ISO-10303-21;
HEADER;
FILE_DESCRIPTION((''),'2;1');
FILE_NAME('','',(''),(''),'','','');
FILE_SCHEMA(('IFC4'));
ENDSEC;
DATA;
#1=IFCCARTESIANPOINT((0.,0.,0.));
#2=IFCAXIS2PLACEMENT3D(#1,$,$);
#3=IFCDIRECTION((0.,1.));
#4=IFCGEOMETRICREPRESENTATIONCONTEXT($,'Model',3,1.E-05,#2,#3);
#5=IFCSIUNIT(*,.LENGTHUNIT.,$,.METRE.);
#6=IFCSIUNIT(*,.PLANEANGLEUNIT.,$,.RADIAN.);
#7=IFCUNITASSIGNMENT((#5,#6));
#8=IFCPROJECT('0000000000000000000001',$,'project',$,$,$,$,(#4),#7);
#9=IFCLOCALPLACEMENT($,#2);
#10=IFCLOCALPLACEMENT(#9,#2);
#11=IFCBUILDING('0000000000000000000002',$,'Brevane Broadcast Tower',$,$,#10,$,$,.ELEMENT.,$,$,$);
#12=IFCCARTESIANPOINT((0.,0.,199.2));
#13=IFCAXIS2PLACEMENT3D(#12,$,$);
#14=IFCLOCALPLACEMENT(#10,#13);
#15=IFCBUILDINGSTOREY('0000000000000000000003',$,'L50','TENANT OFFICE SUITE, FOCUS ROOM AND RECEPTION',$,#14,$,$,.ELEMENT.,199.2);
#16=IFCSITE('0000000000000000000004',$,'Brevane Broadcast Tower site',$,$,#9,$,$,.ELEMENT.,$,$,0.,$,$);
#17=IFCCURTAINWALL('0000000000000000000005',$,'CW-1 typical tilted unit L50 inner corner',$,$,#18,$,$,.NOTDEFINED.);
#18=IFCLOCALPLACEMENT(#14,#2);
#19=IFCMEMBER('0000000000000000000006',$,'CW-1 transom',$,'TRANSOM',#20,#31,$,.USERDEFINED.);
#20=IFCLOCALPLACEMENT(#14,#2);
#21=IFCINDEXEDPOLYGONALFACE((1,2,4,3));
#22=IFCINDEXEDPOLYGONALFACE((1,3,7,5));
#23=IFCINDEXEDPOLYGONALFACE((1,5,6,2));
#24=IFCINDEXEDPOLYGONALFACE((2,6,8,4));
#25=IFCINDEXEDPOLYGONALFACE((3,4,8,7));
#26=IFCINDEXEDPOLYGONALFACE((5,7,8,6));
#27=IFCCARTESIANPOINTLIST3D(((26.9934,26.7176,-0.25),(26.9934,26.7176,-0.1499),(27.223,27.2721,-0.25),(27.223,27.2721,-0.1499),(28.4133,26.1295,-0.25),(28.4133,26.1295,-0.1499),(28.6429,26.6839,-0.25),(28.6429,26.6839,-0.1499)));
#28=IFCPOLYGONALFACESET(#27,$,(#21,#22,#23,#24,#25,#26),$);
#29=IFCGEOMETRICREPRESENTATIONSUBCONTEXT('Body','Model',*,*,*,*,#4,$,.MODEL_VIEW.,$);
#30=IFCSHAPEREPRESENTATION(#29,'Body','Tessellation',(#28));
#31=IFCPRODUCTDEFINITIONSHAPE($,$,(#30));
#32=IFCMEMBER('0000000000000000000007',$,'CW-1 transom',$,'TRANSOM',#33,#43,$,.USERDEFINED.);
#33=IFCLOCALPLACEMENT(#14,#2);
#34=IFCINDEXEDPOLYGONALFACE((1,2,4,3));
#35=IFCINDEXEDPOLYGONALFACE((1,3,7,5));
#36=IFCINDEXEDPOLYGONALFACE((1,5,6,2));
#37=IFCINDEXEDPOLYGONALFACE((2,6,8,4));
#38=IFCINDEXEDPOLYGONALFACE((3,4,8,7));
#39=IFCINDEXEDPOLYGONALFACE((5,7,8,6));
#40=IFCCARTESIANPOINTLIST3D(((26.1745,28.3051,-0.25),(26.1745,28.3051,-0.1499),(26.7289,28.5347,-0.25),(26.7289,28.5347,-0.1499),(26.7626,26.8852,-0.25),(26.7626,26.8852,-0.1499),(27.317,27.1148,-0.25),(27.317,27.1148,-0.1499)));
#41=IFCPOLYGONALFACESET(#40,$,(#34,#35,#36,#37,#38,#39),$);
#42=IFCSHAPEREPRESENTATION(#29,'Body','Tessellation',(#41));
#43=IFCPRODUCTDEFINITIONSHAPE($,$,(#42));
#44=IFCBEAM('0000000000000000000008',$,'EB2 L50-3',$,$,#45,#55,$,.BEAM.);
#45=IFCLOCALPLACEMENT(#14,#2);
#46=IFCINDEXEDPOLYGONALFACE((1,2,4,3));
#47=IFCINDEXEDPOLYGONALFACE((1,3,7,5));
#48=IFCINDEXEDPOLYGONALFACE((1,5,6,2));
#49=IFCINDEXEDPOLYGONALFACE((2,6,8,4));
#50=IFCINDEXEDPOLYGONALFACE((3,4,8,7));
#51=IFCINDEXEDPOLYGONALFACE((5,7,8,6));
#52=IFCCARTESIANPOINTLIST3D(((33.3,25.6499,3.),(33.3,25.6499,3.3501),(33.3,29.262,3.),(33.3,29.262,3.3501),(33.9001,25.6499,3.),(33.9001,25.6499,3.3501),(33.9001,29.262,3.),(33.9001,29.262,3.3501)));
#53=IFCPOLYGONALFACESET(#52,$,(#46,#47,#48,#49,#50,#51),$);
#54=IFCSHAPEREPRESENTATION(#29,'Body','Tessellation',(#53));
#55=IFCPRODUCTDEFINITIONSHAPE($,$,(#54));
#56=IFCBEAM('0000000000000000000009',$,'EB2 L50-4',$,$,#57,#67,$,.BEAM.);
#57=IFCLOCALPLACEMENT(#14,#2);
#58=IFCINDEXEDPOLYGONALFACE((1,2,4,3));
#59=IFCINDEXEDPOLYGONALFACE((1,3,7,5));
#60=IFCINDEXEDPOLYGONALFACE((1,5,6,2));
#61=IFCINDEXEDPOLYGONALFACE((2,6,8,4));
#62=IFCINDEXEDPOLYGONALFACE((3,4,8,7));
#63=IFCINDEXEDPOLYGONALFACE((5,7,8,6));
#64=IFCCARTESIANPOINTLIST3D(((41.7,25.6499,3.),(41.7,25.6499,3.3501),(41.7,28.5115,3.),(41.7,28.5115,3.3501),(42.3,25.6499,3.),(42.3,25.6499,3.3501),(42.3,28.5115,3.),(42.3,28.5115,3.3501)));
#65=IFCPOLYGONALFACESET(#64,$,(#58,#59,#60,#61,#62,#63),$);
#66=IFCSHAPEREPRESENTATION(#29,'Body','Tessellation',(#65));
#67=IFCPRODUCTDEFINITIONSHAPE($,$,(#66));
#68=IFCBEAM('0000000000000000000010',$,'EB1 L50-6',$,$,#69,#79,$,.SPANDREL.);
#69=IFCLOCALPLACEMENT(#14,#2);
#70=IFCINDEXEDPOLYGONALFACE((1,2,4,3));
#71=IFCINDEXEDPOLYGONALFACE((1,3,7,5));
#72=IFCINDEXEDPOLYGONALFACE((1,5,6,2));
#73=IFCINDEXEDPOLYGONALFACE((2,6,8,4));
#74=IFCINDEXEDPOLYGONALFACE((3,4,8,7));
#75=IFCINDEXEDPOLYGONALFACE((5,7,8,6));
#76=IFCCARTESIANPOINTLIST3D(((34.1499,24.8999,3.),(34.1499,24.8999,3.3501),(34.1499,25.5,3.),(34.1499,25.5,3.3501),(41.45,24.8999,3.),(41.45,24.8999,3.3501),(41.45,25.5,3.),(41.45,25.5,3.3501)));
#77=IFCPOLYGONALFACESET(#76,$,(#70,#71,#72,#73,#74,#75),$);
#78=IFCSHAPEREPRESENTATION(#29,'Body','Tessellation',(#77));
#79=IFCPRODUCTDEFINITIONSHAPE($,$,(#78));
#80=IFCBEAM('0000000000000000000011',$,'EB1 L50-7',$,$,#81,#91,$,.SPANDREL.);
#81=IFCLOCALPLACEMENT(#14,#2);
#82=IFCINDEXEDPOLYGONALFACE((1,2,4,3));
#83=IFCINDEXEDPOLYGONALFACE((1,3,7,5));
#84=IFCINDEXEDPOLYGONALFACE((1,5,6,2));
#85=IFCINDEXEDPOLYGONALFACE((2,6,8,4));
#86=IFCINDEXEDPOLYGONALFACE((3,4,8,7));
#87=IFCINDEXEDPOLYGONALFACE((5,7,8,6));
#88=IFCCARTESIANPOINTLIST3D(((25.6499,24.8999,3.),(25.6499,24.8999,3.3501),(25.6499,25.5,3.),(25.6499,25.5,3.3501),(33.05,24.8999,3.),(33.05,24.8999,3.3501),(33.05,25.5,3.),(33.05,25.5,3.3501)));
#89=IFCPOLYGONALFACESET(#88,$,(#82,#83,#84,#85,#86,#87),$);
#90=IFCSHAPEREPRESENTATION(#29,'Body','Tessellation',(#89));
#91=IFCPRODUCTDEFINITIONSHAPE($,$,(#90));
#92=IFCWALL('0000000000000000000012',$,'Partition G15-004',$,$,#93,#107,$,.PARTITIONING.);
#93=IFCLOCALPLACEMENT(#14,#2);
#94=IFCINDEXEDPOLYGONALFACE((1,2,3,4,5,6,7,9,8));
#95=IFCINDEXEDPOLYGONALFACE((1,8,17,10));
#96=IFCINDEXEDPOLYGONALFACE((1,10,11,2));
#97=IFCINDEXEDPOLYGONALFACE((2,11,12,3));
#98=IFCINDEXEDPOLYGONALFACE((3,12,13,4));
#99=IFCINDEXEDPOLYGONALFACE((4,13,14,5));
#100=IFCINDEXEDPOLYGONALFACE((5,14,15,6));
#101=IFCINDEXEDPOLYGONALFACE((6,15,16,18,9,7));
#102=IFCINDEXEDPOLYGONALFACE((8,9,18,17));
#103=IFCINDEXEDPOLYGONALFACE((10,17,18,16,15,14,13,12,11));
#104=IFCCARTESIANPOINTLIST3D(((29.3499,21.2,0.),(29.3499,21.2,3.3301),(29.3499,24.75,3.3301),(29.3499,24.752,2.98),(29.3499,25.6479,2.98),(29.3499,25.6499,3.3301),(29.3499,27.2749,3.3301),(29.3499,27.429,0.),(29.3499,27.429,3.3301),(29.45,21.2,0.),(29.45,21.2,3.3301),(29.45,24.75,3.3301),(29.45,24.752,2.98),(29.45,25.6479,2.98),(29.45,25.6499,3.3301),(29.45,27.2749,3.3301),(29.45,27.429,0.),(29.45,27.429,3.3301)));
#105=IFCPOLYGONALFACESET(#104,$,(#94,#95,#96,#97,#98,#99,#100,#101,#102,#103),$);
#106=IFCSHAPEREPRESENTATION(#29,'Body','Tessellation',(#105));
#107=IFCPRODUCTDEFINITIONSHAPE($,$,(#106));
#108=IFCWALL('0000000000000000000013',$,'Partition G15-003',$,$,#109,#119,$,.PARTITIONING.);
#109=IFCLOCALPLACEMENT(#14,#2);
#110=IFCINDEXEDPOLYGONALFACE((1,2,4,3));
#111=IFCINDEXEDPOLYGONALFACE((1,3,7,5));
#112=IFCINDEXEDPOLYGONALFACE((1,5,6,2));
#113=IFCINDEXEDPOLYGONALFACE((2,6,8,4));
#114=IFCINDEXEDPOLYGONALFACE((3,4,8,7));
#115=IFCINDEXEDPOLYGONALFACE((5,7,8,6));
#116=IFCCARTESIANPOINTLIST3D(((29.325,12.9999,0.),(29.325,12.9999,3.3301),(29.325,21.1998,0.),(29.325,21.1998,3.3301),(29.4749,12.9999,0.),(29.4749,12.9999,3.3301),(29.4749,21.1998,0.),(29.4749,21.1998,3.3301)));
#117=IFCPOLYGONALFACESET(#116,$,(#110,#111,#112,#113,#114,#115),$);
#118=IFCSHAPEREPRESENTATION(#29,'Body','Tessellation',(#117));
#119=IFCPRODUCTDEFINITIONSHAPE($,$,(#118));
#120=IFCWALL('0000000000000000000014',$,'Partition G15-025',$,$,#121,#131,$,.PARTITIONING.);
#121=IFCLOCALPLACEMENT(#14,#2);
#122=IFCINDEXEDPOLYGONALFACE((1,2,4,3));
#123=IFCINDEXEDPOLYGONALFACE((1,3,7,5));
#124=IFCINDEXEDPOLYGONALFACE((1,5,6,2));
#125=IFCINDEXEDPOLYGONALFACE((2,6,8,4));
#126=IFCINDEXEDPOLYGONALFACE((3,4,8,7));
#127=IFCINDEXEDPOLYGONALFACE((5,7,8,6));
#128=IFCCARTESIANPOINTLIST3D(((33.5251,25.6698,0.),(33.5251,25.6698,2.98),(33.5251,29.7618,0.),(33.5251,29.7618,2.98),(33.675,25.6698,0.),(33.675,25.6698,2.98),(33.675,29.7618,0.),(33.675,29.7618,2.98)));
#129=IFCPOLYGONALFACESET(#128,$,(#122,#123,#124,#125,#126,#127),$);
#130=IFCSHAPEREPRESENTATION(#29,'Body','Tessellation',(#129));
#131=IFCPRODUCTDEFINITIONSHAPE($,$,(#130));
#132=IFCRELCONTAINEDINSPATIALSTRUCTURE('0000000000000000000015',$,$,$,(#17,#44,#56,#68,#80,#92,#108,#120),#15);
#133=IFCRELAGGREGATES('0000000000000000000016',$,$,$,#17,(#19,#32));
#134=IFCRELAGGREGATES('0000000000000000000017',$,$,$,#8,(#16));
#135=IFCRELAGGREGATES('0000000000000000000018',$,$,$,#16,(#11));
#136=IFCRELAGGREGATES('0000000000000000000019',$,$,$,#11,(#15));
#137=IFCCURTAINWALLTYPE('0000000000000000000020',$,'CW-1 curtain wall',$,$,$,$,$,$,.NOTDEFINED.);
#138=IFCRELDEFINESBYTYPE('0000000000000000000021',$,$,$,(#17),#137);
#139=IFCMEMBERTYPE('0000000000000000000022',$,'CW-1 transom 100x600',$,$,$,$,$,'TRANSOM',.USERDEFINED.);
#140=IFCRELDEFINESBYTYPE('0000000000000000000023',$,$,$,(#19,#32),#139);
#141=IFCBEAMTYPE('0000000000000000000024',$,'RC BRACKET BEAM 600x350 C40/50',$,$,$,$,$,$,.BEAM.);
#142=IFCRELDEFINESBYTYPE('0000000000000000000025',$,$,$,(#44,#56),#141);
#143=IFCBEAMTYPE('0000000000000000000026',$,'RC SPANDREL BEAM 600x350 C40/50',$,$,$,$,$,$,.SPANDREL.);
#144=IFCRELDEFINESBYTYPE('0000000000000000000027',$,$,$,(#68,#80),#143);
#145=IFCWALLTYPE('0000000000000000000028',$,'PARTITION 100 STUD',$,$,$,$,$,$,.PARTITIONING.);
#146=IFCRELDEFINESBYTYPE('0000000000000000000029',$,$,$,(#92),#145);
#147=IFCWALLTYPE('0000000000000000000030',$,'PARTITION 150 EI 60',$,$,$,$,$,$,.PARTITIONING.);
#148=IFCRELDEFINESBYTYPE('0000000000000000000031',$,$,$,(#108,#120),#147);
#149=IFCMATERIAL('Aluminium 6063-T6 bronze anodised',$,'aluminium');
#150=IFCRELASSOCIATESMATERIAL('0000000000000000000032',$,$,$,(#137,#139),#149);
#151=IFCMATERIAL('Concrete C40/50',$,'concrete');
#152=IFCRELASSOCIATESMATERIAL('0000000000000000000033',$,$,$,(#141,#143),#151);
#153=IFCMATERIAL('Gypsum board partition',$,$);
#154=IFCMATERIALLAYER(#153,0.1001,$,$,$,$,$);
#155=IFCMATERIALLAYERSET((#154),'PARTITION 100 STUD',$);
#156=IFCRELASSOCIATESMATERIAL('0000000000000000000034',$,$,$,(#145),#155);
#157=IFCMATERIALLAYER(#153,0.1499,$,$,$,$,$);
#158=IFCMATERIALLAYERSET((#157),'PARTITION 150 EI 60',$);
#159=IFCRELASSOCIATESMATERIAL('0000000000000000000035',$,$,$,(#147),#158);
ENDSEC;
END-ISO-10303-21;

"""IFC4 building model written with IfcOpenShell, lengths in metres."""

from ifc_helpers import new_model, si_unit, direction, frame, frame_2d, origin, origin_2d, place, context, subcontext, project, spatial, polyline, rectangle, outline, extrude, material, layer, layer_set, material_profile, profile_set, type_object, element, aggregate, save


model = new_model("IFC4")

# Units and contexts
model_context = context("Model", 3, precision=1e-05, world=origin(), true_north=direction((0.0, 1.0)))
body_context = subcontext(model_context, "Body", "Model", "MODEL_VIEW")
ifc_project = project(units=[si_unit("LENGTHUNIT", "METRE"), si_unit("PLANEANGLEUNIT", "RADIAN")], contexts=[model_context])

# Site, building, storey
site_placement = place(None, origin())
site = spatial("IfcSite", under=ifc_project, at=site_placement, Name="Brevane Broadcast Tower site", CompositionType="ELEMENT", RefElevation=0.0)
building_placement = place(site_placement, origin())
building = spatial("IfcBuilding", under=site, at=building_placement, Name="Brevane Broadcast Tower", CompositionType="ELEMENT")
storey_placement = place(building_placement, frame((0.0, 0.0, 199.2)))
storey = spatial("IfcBuildingStorey", under=building, at=storey_placement, Name="L50", Description="TENANT OFFICE SUITE, FOCUS ROOM AND RECEPTION", CompositionType="ELEMENT", Elevation=199.2)

# Curtain wall
ifc_material_1 = material(Name="Aluminium 6063-T6 bronze anodised", Category="aluminium")
curtain_wall_type = type_object("IfcCurtainWallType", Name="CW-1 curtain wall", PredefinedType="NOTDEFINED", material=ifc_material_1)
curtain_wall_1_placement = place(storey_placement, origin())
curtain_wall_1 = element("IfcCurtainWall", 1, at=curtain_wall_1_placement, inside=storey, type_object=curtain_wall_type, Name="CW-1 typical tilted unit L50 inner corner", PredefinedType="NOTDEFINED")

# Members
ifc_material_profile_1 = material_profile(ifc_material_1, rectangle(XDim=0.6001, YDim=0.1001, at=origin_2d()), Name="RECT 100x600")
ifc_profile_set_1 = profile_set([ifc_material_profile_1], Name="Aluminium 6063-T6 bronze anodised")
member_type_1 = type_object("IfcMemberType", Name="CW-1 transom 100x600", ElementType="TRANSOM", PredefinedType="USERDEFINED", material=ifc_profile_set_1)
member_1_placement = place(storey_placement, frame((28.5281, 26.4067, -0.2), z_axis=(-0.923883, 0.382674, 0.0), x_axis=(-0.382674, -0.923883, 0.0)))
member_1 = element("IfcMember", 2, at=member_1_placement, type_object=member_type_1, Name="CW-1 transom", ObjectType="TRANSOM", PredefinedType="USERDEFINED", context=body_context, shape_type="SweptSolid", body=[
    extrude(rectangle(XDim=0.6001, YDim=0.1001, at=origin_2d()), origin(), (0.0, 0.0, 1.0), 1.5369),
])
member_2_placement = place(storey_placement, frame((27.0398, 27.0, -0.2), z_axis=(-0.382674, 0.923883, 0.0), x_axis=(-0.923883, -0.382674, 0.0)))
member_2 = element("IfcMember", 3, at=member_2_placement, type_object=member_type_1, Name="CW-1 transom", ObjectType="TRANSOM", PredefinedType="USERDEFINED", context=body_context, shape_type="SweptSolid", body=[
    extrude(rectangle(XDim=0.6001, YDim=0.1001, at=origin_2d()), origin(), (0.0, 0.0, 1.0), 1.5369),
])
aggregate(curtain_wall_1, [member_1, member_2])

# Beams
ifc_material_2 = material(Name="Concrete C40/50", Category="concrete")
ifc_material_profile_2 = material_profile(ifc_material_2, rectangle(XDim=0.6001, YDim=0.3501, at=origin_2d()), Name="RC 600x350")
ifc_profile_set_2 = profile_set([ifc_material_profile_2], Name="Concrete C40/50")
beam_type_1 = type_object("IfcBeamType", Name="RC BRACKET BEAM 600x350 C40/50", PredefinedType="BEAM", material=ifc_profile_set_2)
beam_1_placement = place(storey_placement, frame((33.6001, 25.6499, 3.175), z_axis=(0.0, 1.0, 0.0), x_axis=(-1.0, 0.0, 0.0)))
element("IfcBeam", 4, at=beam_1_placement, inside=storey, type_object=beam_type_1, Name="EB2 L50-3", PredefinedType="BEAM", context=body_context, shape_type="SweptSolid", body=[
    extrude(rectangle(XDim=0.6001, YDim=0.3501, at=origin_2d()), origin(), (0.0, 0.0, 1.0), 3.6121),
])
beam_2_placement = place(storey_placement, frame((42.0, 25.6499, 3.175), z_axis=(0.0, 1.0, 0.0), x_axis=(-1.0, 0.0, 0.0)))
element("IfcBeam", 5, at=beam_2_placement, inside=storey, type_object=beam_type_1, Name="EB2 L50-4", PredefinedType="BEAM", context=body_context, shape_type="SweptSolid", body=[
    extrude(rectangle(XDim=0.6001, YDim=0.3501, at=origin_2d()), origin(), (0.0, 0.0, 1.0), 2.8616),
])
ifc_material_profile_3 = material_profile(ifc_material_2, rectangle(XDim=0.6001, YDim=0.3501, at=origin_2d()), Name="RC 600x350")
ifc_profile_set_3 = profile_set([ifc_material_profile_3], Name="Concrete C40/50")
beam_type_2 = type_object("IfcBeamType", Name="RC SPANDREL BEAM 600x350 C40/50", PredefinedType="SPANDREL", material=ifc_profile_set_3)
beam_3_placement = place(storey_placement, frame((41.45, 25.2, 3.175), z_axis=(-1.0, 0.0, 0.0), x_axis=(0.0, -1.0, 0.0)))
element("IfcBeam", 6, at=beam_3_placement, inside=storey, type_object=beam_type_2, Name="EB1 L50-6", PredefinedType="SPANDREL", context=body_context, shape_type="SweptSolid", body=[
    extrude(rectangle(XDim=0.6001, YDim=0.3501, at=origin_2d()), origin(), (0.0, 0.0, 1.0), 7.3),
])
beam_4_placement = place(storey_placement, frame((33.05, 25.2, 3.175), z_axis=(-1.0, 0.0, 0.0), x_axis=(0.0, -1.0, 0.0)))
element("IfcBeam", 7, at=beam_4_placement, inside=storey, type_object=beam_type_2, Name="EB1 L50-7", PredefinedType="SPANDREL", context=body_context, shape_type="SweptSolid", body=[
    extrude(rectangle(XDim=0.6001, YDim=0.3501, at=origin_2d()), origin(), (0.0, 0.0, 1.0), 7.4001),
])

# Walls
ifc_material_3 = material(Name="Gypsum board partition")
ifc_layer_1 = layer(ifc_material_3, 0.1001)
ifc_layer_set_1 = layer_set([ifc_layer_1], Name="PARTITION 100 STUD")
wall_type_1 = type_object("IfcWallType", Name="PARTITION 100 STUD", PredefinedType="PARTITIONING", material=ifc_layer_set_1)
wall_1_placement = place(storey_placement, frame((29.3999, 27.429, 0.0), z_axis=(0.0, 0.0, 1.0), x_axis=(0.0, -1.0, 0.0)))
element("IfcWall", 8, at=wall_1_placement, inside=storey, type_object=wall_type_1, Name="Partition G15-004", PredefinedType="PARTITIONING", context=body_context, shape_type="SweptSolid", body=[
    extrude(outline(polyline([(0.0, 0.0), (6.229, 0.0), (6.229, 3.3301), (2.679, 3.3301), (2.677, 2.98), (1.781, 2.98), (1.7791, 3.3301), (0.1541, 3.3301), (0.0, 3.3301), (0.0, 0.0)])), frame((0.0, 0.05, 0.0), z_axis=(0.0, -1.0, 0.0), x_axis=(1.0, 0.0, 0.0)), (0.0, 0.0, 1.0), 0.1001),
])
ifc_layer_2 = layer(ifc_material_3, 0.1499)
ifc_layer_set_2 = layer_set([ifc_layer_2], Name="PARTITION 150 EI 60")
wall_type_2 = type_object("IfcWallType", Name="PARTITION 150 EI 60", PredefinedType="PARTITIONING", material=ifc_layer_set_2)
wall_2_placement = place(storey_placement, frame((29.3999, 21.2, 0.0), z_axis=(0.0, 0.0, 1.0), x_axis=(0.0, -1.0, 0.0)))
element("IfcWall", 9, at=wall_2_placement, inside=storey, type_object=wall_type_2, Name="Partition G15-003", PredefinedType="PARTITIONING", context=body_context, shape_type="SweptSolid", body=[
    extrude(rectangle(XDim=8.2, YDim=0.1499, at=frame_2d((4.1001, 0.0))), origin(), (0.0, 0.0, 1.0), 3.3301),
])
wall_3_placement = place(storey_placement, frame((33.6001, 25.6699, 0.0), z_axis=(0.0, 0.0, 1.0), x_axis=(0.0, 1.0, 0.0)))
element("IfcWall", 10, at=wall_3_placement, inside=storey, type_object=wall_type_2, Name="Partition G15-025", PredefinedType="PARTITIONING", context=body_context, shape_type="SweptSolid", body=[
    extrude(rectangle(XDim=4.092, YDim=0.1499, at=frame_2d((2.0459, 0.0))), origin(), (0.0, 0.0, 1.0), 2.98),
])

save(model, "model.ifc")
